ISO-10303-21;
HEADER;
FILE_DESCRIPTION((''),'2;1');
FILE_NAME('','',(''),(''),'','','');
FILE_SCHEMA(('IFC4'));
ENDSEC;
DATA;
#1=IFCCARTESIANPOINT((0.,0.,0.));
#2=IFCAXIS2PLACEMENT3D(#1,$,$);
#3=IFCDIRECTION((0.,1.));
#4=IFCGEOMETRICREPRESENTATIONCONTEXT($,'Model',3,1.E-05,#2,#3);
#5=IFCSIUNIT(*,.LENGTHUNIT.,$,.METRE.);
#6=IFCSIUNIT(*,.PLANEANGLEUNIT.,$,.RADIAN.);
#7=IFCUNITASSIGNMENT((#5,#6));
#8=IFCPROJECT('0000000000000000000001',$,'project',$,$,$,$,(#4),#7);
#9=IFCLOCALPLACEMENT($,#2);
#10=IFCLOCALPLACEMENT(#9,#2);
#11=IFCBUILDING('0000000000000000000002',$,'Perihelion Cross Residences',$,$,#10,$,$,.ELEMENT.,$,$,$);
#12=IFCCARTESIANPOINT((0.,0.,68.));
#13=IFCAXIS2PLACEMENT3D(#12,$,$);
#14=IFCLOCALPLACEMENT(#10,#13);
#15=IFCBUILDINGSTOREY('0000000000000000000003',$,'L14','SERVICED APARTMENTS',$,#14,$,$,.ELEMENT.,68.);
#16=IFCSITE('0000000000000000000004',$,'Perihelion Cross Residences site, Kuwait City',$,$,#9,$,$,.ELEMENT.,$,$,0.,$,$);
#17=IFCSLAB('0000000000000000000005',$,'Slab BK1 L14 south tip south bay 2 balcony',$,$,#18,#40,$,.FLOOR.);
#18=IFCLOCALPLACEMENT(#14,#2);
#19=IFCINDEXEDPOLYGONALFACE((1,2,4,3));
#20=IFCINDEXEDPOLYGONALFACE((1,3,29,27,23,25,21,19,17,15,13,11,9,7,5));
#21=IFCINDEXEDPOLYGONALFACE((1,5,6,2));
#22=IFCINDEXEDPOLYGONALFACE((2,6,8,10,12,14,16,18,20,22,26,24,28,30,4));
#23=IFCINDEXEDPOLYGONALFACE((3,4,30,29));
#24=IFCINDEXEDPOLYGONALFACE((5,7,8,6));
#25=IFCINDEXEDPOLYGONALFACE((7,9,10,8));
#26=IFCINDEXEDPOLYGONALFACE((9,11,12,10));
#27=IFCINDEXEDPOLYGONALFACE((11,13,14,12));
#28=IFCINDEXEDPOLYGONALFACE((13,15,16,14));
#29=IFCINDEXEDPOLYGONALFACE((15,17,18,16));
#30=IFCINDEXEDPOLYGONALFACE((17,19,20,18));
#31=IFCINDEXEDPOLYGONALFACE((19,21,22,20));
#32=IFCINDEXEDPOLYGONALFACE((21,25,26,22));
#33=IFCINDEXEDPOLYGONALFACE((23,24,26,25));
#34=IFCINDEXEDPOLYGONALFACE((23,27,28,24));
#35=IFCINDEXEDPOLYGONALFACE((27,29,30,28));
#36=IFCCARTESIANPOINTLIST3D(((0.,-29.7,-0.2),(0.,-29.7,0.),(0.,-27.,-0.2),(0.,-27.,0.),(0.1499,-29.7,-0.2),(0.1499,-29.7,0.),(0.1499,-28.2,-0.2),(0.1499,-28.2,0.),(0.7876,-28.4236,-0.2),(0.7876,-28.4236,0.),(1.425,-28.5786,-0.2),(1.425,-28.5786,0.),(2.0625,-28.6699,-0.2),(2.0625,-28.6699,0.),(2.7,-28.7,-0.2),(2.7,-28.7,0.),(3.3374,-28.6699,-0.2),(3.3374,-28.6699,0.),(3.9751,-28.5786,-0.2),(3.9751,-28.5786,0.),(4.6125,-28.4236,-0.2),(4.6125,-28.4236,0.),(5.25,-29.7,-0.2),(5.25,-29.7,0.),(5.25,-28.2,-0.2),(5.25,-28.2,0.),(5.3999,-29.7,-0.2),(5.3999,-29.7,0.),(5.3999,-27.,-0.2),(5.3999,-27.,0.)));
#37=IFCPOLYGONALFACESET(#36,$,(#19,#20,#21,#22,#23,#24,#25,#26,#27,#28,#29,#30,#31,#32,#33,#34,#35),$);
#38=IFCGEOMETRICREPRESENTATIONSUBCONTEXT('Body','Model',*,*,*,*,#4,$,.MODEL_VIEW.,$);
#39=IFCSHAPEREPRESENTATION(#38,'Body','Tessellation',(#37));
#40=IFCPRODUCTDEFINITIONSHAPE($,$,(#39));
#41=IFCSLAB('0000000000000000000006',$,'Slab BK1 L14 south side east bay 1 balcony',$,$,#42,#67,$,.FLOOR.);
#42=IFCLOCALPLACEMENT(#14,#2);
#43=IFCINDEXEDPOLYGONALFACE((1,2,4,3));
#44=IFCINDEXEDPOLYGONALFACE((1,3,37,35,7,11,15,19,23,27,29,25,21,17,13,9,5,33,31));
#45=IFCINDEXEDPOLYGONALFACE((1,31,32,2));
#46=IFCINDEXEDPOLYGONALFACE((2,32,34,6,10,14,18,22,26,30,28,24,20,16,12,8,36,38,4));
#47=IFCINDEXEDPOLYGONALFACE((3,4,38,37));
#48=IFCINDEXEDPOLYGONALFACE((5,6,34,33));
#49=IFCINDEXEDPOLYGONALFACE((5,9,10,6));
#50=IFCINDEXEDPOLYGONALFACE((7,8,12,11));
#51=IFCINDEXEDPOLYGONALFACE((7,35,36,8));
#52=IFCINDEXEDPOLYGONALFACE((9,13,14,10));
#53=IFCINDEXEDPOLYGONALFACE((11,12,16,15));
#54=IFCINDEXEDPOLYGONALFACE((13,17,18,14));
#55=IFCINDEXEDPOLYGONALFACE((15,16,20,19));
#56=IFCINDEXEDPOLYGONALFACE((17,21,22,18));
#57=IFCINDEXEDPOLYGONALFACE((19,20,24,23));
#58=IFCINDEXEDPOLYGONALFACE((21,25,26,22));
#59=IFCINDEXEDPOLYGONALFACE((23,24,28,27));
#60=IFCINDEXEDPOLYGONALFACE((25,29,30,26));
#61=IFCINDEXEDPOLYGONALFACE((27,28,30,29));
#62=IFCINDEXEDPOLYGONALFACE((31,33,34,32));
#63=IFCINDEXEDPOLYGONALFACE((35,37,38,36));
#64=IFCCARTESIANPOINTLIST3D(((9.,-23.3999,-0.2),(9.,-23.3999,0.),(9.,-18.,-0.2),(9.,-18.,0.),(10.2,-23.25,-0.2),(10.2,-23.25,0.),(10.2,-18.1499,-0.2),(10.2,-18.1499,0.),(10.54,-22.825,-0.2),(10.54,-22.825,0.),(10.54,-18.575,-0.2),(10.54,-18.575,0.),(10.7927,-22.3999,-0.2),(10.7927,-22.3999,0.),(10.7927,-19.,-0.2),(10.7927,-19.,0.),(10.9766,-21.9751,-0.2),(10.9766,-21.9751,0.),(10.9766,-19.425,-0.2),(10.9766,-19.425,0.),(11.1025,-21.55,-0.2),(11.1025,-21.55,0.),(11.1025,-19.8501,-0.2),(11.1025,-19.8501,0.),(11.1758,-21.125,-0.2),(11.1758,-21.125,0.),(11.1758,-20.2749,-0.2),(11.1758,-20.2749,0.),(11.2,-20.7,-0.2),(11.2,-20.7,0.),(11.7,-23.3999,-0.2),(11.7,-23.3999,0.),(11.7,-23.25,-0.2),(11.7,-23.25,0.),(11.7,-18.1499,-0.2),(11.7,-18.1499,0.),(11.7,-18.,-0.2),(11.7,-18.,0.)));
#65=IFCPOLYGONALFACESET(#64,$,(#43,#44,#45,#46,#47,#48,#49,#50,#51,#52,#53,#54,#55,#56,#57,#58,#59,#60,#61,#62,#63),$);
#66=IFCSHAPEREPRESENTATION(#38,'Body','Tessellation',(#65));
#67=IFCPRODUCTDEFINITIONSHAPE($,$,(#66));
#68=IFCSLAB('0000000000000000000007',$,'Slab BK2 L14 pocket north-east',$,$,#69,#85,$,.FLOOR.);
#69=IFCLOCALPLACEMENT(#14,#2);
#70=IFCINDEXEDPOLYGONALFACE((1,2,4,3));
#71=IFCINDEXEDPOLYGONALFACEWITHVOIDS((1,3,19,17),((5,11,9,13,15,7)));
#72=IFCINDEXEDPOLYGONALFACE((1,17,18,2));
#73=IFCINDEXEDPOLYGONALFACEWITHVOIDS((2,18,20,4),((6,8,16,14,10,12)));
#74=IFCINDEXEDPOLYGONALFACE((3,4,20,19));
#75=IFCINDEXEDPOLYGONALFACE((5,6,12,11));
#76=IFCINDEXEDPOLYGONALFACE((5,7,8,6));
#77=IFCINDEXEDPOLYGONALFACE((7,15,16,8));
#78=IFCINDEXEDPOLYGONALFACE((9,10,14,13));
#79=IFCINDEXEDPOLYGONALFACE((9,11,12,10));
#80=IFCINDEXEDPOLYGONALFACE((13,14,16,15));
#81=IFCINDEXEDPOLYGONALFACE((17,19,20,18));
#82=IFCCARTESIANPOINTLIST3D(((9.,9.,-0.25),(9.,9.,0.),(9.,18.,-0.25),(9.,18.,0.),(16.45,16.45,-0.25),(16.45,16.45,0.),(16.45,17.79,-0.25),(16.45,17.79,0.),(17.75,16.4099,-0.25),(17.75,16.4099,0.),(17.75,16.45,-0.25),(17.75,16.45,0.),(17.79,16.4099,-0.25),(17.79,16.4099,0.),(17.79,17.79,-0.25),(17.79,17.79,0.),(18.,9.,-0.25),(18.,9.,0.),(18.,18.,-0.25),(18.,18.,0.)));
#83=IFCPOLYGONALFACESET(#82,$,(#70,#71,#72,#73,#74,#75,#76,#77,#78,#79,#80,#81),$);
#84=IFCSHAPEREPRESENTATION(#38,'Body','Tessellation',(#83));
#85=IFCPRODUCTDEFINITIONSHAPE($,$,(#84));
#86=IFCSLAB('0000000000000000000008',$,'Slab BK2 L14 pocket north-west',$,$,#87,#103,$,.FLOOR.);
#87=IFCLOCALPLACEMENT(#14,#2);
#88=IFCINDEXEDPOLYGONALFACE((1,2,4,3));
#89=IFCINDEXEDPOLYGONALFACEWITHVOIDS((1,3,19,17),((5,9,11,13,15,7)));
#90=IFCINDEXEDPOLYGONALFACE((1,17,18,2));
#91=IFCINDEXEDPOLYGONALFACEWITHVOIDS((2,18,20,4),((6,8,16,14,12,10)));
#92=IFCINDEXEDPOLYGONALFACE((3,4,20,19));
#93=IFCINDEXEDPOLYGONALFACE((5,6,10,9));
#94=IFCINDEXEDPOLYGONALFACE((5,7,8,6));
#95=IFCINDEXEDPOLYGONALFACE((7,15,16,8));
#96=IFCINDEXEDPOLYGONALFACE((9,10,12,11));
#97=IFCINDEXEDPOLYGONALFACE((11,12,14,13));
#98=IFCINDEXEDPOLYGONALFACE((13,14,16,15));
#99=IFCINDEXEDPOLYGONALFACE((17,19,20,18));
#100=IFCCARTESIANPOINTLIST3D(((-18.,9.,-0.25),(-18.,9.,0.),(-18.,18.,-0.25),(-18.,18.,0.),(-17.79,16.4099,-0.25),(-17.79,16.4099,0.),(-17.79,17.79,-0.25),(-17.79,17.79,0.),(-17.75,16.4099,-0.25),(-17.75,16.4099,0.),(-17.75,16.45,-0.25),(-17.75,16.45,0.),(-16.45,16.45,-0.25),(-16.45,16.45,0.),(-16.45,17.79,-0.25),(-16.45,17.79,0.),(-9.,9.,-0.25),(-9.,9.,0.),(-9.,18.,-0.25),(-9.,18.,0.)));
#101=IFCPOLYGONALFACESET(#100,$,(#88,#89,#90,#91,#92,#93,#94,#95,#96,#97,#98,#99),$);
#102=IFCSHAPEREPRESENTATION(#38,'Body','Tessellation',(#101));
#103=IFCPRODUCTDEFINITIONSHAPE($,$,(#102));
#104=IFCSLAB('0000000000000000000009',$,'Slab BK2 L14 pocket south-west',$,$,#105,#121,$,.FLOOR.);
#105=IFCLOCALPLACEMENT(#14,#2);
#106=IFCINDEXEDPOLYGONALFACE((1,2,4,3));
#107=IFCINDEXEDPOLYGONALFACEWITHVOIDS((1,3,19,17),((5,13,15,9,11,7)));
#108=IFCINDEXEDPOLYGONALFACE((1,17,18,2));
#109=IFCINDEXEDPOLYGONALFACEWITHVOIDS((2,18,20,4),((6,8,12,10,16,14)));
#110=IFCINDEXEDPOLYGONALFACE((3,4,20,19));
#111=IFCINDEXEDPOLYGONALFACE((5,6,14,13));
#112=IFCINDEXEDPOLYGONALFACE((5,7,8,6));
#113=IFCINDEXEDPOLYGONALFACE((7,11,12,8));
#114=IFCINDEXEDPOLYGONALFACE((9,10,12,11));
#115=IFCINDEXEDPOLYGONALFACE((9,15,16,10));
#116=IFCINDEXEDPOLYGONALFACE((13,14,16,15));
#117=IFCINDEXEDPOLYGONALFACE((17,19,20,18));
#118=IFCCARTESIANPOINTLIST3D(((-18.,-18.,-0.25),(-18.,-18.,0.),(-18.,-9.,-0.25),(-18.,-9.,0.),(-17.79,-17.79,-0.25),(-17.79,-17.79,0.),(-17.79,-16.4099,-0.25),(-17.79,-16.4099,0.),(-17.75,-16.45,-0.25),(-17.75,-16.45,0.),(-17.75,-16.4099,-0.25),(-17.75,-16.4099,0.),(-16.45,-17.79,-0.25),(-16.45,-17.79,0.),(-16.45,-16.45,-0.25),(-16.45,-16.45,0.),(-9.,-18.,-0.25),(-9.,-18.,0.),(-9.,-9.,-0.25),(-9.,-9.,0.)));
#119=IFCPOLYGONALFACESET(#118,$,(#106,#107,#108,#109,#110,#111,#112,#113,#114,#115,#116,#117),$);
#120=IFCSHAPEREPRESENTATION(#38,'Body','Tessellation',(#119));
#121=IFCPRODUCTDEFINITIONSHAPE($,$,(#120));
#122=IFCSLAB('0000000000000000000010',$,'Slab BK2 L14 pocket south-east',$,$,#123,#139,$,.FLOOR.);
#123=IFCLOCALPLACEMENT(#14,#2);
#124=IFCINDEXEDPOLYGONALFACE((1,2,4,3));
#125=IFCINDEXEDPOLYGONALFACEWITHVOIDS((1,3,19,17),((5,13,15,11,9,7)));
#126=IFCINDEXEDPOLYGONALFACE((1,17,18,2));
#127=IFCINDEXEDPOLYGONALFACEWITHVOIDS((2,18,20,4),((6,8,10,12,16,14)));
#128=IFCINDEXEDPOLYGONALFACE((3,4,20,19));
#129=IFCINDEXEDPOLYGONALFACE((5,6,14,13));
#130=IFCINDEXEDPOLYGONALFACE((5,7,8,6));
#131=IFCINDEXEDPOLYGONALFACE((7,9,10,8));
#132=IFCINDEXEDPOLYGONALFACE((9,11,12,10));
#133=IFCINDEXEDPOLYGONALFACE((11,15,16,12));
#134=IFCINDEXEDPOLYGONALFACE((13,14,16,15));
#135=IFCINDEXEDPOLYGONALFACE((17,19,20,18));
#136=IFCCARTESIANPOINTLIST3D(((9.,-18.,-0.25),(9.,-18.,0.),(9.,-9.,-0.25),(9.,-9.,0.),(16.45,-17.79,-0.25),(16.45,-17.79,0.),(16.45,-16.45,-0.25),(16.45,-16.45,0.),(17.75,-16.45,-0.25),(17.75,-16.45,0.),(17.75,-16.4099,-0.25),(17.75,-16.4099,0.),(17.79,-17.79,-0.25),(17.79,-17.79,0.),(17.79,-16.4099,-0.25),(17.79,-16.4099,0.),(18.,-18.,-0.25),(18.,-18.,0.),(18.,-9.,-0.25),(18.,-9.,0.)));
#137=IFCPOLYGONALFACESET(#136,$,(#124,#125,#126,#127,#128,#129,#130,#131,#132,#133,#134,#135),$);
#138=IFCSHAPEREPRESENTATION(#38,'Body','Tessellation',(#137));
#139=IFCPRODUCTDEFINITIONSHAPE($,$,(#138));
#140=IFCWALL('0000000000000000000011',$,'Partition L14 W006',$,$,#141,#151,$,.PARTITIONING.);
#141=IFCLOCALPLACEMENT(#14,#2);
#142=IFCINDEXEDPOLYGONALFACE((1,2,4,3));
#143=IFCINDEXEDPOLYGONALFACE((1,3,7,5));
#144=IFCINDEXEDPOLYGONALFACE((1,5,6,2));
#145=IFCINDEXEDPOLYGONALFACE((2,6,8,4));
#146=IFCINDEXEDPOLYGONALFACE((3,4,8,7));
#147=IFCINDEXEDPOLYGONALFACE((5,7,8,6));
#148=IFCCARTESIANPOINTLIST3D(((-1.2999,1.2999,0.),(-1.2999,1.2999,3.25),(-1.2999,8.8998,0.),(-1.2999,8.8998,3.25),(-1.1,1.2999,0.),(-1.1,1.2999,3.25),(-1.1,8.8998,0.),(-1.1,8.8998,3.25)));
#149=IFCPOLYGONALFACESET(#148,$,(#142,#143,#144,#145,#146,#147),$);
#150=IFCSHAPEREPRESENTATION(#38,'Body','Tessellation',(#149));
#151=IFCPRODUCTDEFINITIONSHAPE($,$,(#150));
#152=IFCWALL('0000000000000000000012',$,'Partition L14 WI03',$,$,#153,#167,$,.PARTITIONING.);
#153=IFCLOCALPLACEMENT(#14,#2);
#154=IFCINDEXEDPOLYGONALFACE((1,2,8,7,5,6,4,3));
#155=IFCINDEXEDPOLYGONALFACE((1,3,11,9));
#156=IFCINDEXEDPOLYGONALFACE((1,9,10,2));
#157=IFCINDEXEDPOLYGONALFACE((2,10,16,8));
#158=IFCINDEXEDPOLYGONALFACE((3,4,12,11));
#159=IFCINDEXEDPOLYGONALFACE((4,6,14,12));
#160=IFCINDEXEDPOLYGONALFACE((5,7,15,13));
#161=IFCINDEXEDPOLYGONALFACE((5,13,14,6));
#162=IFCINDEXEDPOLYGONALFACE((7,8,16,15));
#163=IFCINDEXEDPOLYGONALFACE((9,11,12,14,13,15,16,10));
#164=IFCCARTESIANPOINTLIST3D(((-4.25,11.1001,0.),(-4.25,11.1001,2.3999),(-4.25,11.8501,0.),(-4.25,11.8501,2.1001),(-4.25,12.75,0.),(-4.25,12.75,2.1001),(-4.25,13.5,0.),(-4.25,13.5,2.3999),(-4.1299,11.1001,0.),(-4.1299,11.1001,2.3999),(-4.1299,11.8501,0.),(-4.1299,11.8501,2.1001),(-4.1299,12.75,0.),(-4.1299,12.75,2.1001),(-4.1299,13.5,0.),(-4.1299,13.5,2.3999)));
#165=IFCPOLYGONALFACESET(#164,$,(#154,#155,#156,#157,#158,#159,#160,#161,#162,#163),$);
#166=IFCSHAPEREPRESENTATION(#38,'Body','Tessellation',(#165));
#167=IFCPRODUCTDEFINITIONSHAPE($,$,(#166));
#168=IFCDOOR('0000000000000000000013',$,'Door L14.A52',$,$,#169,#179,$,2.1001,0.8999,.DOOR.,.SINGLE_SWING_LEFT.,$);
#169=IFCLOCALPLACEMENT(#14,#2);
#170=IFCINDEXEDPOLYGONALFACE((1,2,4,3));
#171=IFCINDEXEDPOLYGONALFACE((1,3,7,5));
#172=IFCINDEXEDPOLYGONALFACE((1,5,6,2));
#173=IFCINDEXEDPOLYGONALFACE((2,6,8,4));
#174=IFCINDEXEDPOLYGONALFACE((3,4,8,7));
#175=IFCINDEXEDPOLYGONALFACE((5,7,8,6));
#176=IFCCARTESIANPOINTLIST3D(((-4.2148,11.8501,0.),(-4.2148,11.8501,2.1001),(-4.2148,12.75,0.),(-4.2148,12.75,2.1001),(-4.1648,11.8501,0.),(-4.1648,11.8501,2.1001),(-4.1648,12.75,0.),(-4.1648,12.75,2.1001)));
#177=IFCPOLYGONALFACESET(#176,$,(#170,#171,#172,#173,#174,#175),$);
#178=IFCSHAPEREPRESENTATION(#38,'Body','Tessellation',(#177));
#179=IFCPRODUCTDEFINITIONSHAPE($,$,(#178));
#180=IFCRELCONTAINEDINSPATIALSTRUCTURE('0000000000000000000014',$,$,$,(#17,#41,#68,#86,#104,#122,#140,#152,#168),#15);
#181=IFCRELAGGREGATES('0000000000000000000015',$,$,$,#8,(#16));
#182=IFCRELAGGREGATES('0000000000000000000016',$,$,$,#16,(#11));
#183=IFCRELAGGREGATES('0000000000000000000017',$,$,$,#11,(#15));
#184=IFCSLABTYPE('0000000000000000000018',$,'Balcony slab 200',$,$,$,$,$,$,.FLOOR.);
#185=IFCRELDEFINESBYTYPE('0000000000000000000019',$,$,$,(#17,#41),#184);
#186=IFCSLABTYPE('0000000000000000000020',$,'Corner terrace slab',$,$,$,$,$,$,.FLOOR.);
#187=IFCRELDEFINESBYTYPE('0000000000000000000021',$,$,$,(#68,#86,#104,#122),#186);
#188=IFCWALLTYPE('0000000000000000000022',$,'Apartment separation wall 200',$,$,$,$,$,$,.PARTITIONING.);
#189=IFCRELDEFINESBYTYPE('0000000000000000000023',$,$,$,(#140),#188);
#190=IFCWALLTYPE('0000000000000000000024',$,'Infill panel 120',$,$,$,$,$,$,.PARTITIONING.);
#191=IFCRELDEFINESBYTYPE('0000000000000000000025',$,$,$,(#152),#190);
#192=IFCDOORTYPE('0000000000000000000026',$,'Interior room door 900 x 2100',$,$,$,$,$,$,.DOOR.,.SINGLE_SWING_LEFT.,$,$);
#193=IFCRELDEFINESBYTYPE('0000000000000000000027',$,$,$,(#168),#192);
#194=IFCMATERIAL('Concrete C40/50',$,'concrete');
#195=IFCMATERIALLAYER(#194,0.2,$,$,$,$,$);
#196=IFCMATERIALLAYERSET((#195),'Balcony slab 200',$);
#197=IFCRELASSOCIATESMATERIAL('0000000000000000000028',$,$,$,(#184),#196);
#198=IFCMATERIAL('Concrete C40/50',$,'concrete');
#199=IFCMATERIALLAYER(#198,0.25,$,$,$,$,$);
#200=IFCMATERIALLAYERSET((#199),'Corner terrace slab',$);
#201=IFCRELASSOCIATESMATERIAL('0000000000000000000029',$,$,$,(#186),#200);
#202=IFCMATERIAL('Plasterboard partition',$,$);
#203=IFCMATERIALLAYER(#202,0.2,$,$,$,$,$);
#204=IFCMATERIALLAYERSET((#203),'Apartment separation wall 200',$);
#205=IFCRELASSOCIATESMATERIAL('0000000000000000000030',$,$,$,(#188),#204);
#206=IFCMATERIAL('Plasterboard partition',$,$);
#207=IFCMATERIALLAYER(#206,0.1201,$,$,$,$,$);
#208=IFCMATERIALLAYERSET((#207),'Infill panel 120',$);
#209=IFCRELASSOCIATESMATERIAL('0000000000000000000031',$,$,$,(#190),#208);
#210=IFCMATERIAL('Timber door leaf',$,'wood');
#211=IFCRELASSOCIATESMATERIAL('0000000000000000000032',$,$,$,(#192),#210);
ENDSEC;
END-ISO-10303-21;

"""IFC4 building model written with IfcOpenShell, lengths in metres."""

from ifc_helpers import new_model, si_unit, direction, frame, frame_2d, origin, place, context, subcontext, project, spatial, polyline, rectangle, outline, extrude, material, layer, layer_set, type_object, element, fill, save


model = new_model("IFC4")

# Units and contexts
model_context = context("Model", 3, precision=1e-05, world=origin(), true_north=direction((0.0, 1.0)))
body_context = subcontext(model_context, "Body", "Model", "MODEL_VIEW")
ifc_project = project(units=[si_unit("LENGTHUNIT", "METRE"), si_unit("PLANEANGLEUNIT", "RADIAN")], contexts=[model_context])

# Site, building, storey
site_placement = place(None, origin())
site = spatial("IfcSite", under=ifc_project, at=site_placement, Name="Perihelion Cross Residences site, Kuwait City", CompositionType="ELEMENT", RefElevation=0.0)
building_placement = place(site_placement, origin())
building = spatial("IfcBuilding", under=site, at=building_placement, Name="Perihelion Cross Residences", CompositionType="ELEMENT")
storey_placement = place(building_placement, frame((0.0, 0.0, 68.0)))
storey = spatial("IfcBuildingStorey", under=building, at=storey_placement, Name="L14", Description="SERVICED APARTMENTS", CompositionType="ELEMENT", Elevation=68.0)

# Slabs
ifc_material_1 = material(Name="Concrete C40/50", Category="concrete")
ifc_layer_1 = layer(ifc_material_1, 0.2)
ifc_layer_set_1 = layer_set([ifc_layer_1], Name="Balcony slab 200")
slab_type_1 = type_object("IfcSlabType", Name="Balcony slab 200", PredefinedType="FLOOR", material=ifc_layer_set_1)
slab_1_placement = place(storey_placement, frame((0.0, 0.0, -0.2)))
element("IfcSlab", 1, at=slab_1_placement, inside=storey, type_object=slab_type_1, Name="Slab BK1 L14 south tip south bay 2 balcony", PredefinedType="FLOOR", context=body_context, shape_type="SweptSolid", body=[
    extrude(outline(polyline([(0.0, -27.0), (5.3999, -27.0), (5.3999, -29.7), (5.25, -29.7), (5.25, -28.2), (4.6125, -28.4236), (3.9751, -28.5786), (3.3374, -28.6699), (2.7, -28.7), (2.0625, -28.6699), (1.425, -28.5786), (0.7876, -28.4236), (0.1499, -28.2), (0.1499, -29.7), (0.0, -29.7), (0.0, -27.0)])), origin(), (0.0, 0.0, 1.0), 0.2),
])
slab_2_placement = place(storey_placement, frame((0.0, 0.0, -0.2)))
element("IfcSlab", 2, at=slab_2_placement, inside=storey, type_object=slab_type_1, Name="Slab BK1 L14 south side east bay 1 balcony", PredefinedType="FLOOR", context=body_context, shape_type="SweptSolid", body=[
    extrude(outline(polyline([(9.0, -23.3999), (9.0, -18.0), (11.7, -18.0), (11.7, -18.1499), (10.2, -18.1499), (10.54, -18.575), (10.7927, -19.0), (10.9766, -19.425), (11.1025, -19.8501), (11.1758, -20.2749), (11.2, -20.7), (11.1758, -21.125), (11.1025, -21.55), (10.9766, -21.9751), (10.7927, -22.3999), (10.54, -22.825), (10.2, -23.25), (11.7, -23.25), (11.7, -23.3999), (9.0, -23.3999)])), origin(), (0.0, 0.0, 1.0), 0.2),
])
ifc_material_2 = material(Name="Concrete C40/50", Category="concrete")
ifc_layer_2 = layer(ifc_material_2, 0.25)
ifc_layer_set_2 = layer_set([ifc_layer_2], Name="Corner terrace slab")
slab_type_2 = type_object("IfcSlabType", Name="Corner terrace slab", PredefinedType="FLOOR", material=ifc_layer_set_2)
slab_3_placement = place(storey_placement, frame((0.0, 0.0, -0.25)))
element("IfcSlab", 3, at=slab_3_placement, inside=storey, type_object=slab_type_2, Name="Slab BK2 L14 pocket north-east", PredefinedType="FLOOR", context=body_context, shape_type="SweptSolid", body=[
    extrude(outline(polyline([(18.0, 9.0), (18.0, 18.0), (9.0, 18.0), (9.0, 9.0), (18.0, 9.0)]), holes=[polyline([(16.45, 16.45), (16.45, 17.79), (17.79, 17.79), (17.79, 16.4099), (17.75, 16.4099), (17.75, 16.45), (16.45, 16.45)])]), origin(), (0.0, 0.0, 1.0), 0.25),
])
slab_4_placement = place(storey_placement, frame((0.0, 0.0, -0.25)))
element("IfcSlab", 4, at=slab_4_placement, inside=storey, type_object=slab_type_2, Name="Slab BK2 L14 pocket north-west", PredefinedType="FLOOR", context=body_context, shape_type="SweptSolid", body=[
    extrude(outline(polyline([(-9.0, 9.0), (-9.0, 18.0), (-18.0, 18.0), (-18.0, 9.0), (-9.0, 9.0)]), holes=[polyline([(-17.79, 16.4099), (-17.79, 17.79), (-16.45, 17.79), (-16.45, 16.45), (-17.75, 16.45), (-17.75, 16.4099), (-17.79, 16.4099)])]), origin(), (0.0, 0.0, 1.0), 0.25),
])
slab_5_placement = place(storey_placement, frame((0.0, 0.0, -0.25)))
element("IfcSlab", 5, at=slab_5_placement, inside=storey, type_object=slab_type_2, Name="Slab BK2 L14 pocket south-west", PredefinedType="FLOOR", context=body_context, shape_type="SweptSolid", body=[
    extrude(outline(polyline([(-9.0, -18.0), (-9.0, -9.0), (-18.0, -9.0), (-18.0, -18.0), (-9.0, -18.0)]), holes=[polyline([(-17.79, -16.4099), (-17.75, -16.4099), (-17.75, -16.45), (-16.45, -16.45), (-16.45, -17.79), (-17.79, -17.79), (-17.79, -16.4099)])]), origin(), (0.0, 0.0, 1.0), 0.25),
])
slab_6_placement = place(storey_placement, frame((0.0, 0.0, -0.25)))
element("IfcSlab", 6, at=slab_6_placement, inside=storey, type_object=slab_type_2, Name="Slab BK2 L14 pocket south-east", PredefinedType="FLOOR", context=body_context, shape_type="SweptSolid", body=[
    extrude(outline(polyline([(18.0, -18.0), (18.0, -9.0), (9.0, -9.0), (9.0, -18.0), (18.0, -18.0)]), holes=[polyline([(16.45, -17.79), (16.45, -16.45), (17.75, -16.45), (17.75, -16.4099), (17.79, -16.4099), (17.79, -17.79), (16.45, -17.79)])]), origin(), (0.0, 0.0, 1.0), 0.25),
])

# Wall
ifc_material_3 = material(Name="Plasterboard partition")
ifc_layer_3 = layer(ifc_material_3, 0.2)
ifc_layer_set_3 = layer_set([ifc_layer_3], Name="Apartment separation wall 200")
wall_type_1 = type_object("IfcWallType", Name="Apartment separation wall 200", PredefinedType="PARTITIONING", material=ifc_layer_set_3)
wall_1_placement = place(storey_placement, frame((-1.2, 1.3, 0.0), z_axis=(0.0, 0.0, 1.0), x_axis=(0.0, 1.0, 0.0)))
element("IfcWall", 7, at=wall_1_placement, inside=storey, type_object=wall_type_1, Name="Partition L14 W006", PredefinedType="PARTITIONING", context=body_context, shape_type="SweptSolid", body=[
    extrude(rectangle(XDim=7.5999, YDim=0.2, at=frame_2d((3.7998, 0.0))), origin(), (0.0, 0.0, 1.0), 3.25),
])

# Wall, opening, door
ifc_material_4 = material(Name="Plasterboard partition")
ifc_layer_4 = layer(ifc_material_4, 0.1201)
ifc_layer_set_4 = layer_set([ifc_layer_4], Name="Infill panel 120")
wall_type_2 = type_object("IfcWallType", Name="Infill panel 120", PredefinedType="PARTITIONING", material=ifc_layer_set_4)
wall_2_placement = place(storey_placement, frame((-4.1899, 11.1001, 0.0), z_axis=(0.0, 0.0, 1.0), x_axis=(0.0, 1.0, 0.0)))
wall_2 = element("IfcWall", 8, at=wall_2_placement, inside=storey, type_object=wall_type_2, Name="Partition L14 WI03", PredefinedType="PARTITIONING", context=body_context, shape_type="SweptSolid", body=[
    extrude(rectangle(XDim=2.3999, YDim=0.1201, at=frame_2d((1.2, 0.0))), origin(), (0.0, 0.0, 1.0), 2.3999),
])
opening_1_placement = place(wall_2_placement, frame((0.75, 0.0, 0.0)))
opening_1 = element("IfcOpeningElement", 9, at=opening_1_placement, cuts=wall_2, PredefinedType="OPENING", context=body_context, shape_type="SweptSolid", body=[
    extrude(rectangle(XDim=0.8999, YDim=2.1001, at=frame_2d((0.45, 1.05))), frame((0.0, 0.0701, 0.0), z_axis=(0.0, -1.0, 0.0), x_axis=(1.0, 0.0, 0.0)), (0.0, 0.0, 1.0), 0.1401),
])
ifc_material_5 = material(Name="Timber door leaf", Category="wood")
door_type_1 = type_object("IfcDoorType", Name="Interior room door 900 x 2100", OperationType="SINGLE_SWING_LEFT", PredefinedType="DOOR", material=ifc_material_5)
door_1_placement = place(opening_1_placement, origin())
door_1 = element("IfcDoor", 10, at=door_1_placement, inside=storey, type_object=door_type_1, Name="Door L14.A52", OperationType="SINGLE_SWING_LEFT", OverallHeight=2.1001, OverallWidth=0.8999, PredefinedType="DOOR", context=body_context, shape_type="SweptSolid", body=[
    extrude(rectangle(XDim=0.8999, YDim=2.1001, at=frame_2d((0.45, 1.05))), frame((0.0, 0.0249, 0.0), z_axis=(0.0, -1.0, 0.0), x_axis=(1.0, 0.0, 0.0)), (0.0, 0.0, 1.0), 0.05),
])
fill(opening_1, door_1)

save(model, "model.ifc")
